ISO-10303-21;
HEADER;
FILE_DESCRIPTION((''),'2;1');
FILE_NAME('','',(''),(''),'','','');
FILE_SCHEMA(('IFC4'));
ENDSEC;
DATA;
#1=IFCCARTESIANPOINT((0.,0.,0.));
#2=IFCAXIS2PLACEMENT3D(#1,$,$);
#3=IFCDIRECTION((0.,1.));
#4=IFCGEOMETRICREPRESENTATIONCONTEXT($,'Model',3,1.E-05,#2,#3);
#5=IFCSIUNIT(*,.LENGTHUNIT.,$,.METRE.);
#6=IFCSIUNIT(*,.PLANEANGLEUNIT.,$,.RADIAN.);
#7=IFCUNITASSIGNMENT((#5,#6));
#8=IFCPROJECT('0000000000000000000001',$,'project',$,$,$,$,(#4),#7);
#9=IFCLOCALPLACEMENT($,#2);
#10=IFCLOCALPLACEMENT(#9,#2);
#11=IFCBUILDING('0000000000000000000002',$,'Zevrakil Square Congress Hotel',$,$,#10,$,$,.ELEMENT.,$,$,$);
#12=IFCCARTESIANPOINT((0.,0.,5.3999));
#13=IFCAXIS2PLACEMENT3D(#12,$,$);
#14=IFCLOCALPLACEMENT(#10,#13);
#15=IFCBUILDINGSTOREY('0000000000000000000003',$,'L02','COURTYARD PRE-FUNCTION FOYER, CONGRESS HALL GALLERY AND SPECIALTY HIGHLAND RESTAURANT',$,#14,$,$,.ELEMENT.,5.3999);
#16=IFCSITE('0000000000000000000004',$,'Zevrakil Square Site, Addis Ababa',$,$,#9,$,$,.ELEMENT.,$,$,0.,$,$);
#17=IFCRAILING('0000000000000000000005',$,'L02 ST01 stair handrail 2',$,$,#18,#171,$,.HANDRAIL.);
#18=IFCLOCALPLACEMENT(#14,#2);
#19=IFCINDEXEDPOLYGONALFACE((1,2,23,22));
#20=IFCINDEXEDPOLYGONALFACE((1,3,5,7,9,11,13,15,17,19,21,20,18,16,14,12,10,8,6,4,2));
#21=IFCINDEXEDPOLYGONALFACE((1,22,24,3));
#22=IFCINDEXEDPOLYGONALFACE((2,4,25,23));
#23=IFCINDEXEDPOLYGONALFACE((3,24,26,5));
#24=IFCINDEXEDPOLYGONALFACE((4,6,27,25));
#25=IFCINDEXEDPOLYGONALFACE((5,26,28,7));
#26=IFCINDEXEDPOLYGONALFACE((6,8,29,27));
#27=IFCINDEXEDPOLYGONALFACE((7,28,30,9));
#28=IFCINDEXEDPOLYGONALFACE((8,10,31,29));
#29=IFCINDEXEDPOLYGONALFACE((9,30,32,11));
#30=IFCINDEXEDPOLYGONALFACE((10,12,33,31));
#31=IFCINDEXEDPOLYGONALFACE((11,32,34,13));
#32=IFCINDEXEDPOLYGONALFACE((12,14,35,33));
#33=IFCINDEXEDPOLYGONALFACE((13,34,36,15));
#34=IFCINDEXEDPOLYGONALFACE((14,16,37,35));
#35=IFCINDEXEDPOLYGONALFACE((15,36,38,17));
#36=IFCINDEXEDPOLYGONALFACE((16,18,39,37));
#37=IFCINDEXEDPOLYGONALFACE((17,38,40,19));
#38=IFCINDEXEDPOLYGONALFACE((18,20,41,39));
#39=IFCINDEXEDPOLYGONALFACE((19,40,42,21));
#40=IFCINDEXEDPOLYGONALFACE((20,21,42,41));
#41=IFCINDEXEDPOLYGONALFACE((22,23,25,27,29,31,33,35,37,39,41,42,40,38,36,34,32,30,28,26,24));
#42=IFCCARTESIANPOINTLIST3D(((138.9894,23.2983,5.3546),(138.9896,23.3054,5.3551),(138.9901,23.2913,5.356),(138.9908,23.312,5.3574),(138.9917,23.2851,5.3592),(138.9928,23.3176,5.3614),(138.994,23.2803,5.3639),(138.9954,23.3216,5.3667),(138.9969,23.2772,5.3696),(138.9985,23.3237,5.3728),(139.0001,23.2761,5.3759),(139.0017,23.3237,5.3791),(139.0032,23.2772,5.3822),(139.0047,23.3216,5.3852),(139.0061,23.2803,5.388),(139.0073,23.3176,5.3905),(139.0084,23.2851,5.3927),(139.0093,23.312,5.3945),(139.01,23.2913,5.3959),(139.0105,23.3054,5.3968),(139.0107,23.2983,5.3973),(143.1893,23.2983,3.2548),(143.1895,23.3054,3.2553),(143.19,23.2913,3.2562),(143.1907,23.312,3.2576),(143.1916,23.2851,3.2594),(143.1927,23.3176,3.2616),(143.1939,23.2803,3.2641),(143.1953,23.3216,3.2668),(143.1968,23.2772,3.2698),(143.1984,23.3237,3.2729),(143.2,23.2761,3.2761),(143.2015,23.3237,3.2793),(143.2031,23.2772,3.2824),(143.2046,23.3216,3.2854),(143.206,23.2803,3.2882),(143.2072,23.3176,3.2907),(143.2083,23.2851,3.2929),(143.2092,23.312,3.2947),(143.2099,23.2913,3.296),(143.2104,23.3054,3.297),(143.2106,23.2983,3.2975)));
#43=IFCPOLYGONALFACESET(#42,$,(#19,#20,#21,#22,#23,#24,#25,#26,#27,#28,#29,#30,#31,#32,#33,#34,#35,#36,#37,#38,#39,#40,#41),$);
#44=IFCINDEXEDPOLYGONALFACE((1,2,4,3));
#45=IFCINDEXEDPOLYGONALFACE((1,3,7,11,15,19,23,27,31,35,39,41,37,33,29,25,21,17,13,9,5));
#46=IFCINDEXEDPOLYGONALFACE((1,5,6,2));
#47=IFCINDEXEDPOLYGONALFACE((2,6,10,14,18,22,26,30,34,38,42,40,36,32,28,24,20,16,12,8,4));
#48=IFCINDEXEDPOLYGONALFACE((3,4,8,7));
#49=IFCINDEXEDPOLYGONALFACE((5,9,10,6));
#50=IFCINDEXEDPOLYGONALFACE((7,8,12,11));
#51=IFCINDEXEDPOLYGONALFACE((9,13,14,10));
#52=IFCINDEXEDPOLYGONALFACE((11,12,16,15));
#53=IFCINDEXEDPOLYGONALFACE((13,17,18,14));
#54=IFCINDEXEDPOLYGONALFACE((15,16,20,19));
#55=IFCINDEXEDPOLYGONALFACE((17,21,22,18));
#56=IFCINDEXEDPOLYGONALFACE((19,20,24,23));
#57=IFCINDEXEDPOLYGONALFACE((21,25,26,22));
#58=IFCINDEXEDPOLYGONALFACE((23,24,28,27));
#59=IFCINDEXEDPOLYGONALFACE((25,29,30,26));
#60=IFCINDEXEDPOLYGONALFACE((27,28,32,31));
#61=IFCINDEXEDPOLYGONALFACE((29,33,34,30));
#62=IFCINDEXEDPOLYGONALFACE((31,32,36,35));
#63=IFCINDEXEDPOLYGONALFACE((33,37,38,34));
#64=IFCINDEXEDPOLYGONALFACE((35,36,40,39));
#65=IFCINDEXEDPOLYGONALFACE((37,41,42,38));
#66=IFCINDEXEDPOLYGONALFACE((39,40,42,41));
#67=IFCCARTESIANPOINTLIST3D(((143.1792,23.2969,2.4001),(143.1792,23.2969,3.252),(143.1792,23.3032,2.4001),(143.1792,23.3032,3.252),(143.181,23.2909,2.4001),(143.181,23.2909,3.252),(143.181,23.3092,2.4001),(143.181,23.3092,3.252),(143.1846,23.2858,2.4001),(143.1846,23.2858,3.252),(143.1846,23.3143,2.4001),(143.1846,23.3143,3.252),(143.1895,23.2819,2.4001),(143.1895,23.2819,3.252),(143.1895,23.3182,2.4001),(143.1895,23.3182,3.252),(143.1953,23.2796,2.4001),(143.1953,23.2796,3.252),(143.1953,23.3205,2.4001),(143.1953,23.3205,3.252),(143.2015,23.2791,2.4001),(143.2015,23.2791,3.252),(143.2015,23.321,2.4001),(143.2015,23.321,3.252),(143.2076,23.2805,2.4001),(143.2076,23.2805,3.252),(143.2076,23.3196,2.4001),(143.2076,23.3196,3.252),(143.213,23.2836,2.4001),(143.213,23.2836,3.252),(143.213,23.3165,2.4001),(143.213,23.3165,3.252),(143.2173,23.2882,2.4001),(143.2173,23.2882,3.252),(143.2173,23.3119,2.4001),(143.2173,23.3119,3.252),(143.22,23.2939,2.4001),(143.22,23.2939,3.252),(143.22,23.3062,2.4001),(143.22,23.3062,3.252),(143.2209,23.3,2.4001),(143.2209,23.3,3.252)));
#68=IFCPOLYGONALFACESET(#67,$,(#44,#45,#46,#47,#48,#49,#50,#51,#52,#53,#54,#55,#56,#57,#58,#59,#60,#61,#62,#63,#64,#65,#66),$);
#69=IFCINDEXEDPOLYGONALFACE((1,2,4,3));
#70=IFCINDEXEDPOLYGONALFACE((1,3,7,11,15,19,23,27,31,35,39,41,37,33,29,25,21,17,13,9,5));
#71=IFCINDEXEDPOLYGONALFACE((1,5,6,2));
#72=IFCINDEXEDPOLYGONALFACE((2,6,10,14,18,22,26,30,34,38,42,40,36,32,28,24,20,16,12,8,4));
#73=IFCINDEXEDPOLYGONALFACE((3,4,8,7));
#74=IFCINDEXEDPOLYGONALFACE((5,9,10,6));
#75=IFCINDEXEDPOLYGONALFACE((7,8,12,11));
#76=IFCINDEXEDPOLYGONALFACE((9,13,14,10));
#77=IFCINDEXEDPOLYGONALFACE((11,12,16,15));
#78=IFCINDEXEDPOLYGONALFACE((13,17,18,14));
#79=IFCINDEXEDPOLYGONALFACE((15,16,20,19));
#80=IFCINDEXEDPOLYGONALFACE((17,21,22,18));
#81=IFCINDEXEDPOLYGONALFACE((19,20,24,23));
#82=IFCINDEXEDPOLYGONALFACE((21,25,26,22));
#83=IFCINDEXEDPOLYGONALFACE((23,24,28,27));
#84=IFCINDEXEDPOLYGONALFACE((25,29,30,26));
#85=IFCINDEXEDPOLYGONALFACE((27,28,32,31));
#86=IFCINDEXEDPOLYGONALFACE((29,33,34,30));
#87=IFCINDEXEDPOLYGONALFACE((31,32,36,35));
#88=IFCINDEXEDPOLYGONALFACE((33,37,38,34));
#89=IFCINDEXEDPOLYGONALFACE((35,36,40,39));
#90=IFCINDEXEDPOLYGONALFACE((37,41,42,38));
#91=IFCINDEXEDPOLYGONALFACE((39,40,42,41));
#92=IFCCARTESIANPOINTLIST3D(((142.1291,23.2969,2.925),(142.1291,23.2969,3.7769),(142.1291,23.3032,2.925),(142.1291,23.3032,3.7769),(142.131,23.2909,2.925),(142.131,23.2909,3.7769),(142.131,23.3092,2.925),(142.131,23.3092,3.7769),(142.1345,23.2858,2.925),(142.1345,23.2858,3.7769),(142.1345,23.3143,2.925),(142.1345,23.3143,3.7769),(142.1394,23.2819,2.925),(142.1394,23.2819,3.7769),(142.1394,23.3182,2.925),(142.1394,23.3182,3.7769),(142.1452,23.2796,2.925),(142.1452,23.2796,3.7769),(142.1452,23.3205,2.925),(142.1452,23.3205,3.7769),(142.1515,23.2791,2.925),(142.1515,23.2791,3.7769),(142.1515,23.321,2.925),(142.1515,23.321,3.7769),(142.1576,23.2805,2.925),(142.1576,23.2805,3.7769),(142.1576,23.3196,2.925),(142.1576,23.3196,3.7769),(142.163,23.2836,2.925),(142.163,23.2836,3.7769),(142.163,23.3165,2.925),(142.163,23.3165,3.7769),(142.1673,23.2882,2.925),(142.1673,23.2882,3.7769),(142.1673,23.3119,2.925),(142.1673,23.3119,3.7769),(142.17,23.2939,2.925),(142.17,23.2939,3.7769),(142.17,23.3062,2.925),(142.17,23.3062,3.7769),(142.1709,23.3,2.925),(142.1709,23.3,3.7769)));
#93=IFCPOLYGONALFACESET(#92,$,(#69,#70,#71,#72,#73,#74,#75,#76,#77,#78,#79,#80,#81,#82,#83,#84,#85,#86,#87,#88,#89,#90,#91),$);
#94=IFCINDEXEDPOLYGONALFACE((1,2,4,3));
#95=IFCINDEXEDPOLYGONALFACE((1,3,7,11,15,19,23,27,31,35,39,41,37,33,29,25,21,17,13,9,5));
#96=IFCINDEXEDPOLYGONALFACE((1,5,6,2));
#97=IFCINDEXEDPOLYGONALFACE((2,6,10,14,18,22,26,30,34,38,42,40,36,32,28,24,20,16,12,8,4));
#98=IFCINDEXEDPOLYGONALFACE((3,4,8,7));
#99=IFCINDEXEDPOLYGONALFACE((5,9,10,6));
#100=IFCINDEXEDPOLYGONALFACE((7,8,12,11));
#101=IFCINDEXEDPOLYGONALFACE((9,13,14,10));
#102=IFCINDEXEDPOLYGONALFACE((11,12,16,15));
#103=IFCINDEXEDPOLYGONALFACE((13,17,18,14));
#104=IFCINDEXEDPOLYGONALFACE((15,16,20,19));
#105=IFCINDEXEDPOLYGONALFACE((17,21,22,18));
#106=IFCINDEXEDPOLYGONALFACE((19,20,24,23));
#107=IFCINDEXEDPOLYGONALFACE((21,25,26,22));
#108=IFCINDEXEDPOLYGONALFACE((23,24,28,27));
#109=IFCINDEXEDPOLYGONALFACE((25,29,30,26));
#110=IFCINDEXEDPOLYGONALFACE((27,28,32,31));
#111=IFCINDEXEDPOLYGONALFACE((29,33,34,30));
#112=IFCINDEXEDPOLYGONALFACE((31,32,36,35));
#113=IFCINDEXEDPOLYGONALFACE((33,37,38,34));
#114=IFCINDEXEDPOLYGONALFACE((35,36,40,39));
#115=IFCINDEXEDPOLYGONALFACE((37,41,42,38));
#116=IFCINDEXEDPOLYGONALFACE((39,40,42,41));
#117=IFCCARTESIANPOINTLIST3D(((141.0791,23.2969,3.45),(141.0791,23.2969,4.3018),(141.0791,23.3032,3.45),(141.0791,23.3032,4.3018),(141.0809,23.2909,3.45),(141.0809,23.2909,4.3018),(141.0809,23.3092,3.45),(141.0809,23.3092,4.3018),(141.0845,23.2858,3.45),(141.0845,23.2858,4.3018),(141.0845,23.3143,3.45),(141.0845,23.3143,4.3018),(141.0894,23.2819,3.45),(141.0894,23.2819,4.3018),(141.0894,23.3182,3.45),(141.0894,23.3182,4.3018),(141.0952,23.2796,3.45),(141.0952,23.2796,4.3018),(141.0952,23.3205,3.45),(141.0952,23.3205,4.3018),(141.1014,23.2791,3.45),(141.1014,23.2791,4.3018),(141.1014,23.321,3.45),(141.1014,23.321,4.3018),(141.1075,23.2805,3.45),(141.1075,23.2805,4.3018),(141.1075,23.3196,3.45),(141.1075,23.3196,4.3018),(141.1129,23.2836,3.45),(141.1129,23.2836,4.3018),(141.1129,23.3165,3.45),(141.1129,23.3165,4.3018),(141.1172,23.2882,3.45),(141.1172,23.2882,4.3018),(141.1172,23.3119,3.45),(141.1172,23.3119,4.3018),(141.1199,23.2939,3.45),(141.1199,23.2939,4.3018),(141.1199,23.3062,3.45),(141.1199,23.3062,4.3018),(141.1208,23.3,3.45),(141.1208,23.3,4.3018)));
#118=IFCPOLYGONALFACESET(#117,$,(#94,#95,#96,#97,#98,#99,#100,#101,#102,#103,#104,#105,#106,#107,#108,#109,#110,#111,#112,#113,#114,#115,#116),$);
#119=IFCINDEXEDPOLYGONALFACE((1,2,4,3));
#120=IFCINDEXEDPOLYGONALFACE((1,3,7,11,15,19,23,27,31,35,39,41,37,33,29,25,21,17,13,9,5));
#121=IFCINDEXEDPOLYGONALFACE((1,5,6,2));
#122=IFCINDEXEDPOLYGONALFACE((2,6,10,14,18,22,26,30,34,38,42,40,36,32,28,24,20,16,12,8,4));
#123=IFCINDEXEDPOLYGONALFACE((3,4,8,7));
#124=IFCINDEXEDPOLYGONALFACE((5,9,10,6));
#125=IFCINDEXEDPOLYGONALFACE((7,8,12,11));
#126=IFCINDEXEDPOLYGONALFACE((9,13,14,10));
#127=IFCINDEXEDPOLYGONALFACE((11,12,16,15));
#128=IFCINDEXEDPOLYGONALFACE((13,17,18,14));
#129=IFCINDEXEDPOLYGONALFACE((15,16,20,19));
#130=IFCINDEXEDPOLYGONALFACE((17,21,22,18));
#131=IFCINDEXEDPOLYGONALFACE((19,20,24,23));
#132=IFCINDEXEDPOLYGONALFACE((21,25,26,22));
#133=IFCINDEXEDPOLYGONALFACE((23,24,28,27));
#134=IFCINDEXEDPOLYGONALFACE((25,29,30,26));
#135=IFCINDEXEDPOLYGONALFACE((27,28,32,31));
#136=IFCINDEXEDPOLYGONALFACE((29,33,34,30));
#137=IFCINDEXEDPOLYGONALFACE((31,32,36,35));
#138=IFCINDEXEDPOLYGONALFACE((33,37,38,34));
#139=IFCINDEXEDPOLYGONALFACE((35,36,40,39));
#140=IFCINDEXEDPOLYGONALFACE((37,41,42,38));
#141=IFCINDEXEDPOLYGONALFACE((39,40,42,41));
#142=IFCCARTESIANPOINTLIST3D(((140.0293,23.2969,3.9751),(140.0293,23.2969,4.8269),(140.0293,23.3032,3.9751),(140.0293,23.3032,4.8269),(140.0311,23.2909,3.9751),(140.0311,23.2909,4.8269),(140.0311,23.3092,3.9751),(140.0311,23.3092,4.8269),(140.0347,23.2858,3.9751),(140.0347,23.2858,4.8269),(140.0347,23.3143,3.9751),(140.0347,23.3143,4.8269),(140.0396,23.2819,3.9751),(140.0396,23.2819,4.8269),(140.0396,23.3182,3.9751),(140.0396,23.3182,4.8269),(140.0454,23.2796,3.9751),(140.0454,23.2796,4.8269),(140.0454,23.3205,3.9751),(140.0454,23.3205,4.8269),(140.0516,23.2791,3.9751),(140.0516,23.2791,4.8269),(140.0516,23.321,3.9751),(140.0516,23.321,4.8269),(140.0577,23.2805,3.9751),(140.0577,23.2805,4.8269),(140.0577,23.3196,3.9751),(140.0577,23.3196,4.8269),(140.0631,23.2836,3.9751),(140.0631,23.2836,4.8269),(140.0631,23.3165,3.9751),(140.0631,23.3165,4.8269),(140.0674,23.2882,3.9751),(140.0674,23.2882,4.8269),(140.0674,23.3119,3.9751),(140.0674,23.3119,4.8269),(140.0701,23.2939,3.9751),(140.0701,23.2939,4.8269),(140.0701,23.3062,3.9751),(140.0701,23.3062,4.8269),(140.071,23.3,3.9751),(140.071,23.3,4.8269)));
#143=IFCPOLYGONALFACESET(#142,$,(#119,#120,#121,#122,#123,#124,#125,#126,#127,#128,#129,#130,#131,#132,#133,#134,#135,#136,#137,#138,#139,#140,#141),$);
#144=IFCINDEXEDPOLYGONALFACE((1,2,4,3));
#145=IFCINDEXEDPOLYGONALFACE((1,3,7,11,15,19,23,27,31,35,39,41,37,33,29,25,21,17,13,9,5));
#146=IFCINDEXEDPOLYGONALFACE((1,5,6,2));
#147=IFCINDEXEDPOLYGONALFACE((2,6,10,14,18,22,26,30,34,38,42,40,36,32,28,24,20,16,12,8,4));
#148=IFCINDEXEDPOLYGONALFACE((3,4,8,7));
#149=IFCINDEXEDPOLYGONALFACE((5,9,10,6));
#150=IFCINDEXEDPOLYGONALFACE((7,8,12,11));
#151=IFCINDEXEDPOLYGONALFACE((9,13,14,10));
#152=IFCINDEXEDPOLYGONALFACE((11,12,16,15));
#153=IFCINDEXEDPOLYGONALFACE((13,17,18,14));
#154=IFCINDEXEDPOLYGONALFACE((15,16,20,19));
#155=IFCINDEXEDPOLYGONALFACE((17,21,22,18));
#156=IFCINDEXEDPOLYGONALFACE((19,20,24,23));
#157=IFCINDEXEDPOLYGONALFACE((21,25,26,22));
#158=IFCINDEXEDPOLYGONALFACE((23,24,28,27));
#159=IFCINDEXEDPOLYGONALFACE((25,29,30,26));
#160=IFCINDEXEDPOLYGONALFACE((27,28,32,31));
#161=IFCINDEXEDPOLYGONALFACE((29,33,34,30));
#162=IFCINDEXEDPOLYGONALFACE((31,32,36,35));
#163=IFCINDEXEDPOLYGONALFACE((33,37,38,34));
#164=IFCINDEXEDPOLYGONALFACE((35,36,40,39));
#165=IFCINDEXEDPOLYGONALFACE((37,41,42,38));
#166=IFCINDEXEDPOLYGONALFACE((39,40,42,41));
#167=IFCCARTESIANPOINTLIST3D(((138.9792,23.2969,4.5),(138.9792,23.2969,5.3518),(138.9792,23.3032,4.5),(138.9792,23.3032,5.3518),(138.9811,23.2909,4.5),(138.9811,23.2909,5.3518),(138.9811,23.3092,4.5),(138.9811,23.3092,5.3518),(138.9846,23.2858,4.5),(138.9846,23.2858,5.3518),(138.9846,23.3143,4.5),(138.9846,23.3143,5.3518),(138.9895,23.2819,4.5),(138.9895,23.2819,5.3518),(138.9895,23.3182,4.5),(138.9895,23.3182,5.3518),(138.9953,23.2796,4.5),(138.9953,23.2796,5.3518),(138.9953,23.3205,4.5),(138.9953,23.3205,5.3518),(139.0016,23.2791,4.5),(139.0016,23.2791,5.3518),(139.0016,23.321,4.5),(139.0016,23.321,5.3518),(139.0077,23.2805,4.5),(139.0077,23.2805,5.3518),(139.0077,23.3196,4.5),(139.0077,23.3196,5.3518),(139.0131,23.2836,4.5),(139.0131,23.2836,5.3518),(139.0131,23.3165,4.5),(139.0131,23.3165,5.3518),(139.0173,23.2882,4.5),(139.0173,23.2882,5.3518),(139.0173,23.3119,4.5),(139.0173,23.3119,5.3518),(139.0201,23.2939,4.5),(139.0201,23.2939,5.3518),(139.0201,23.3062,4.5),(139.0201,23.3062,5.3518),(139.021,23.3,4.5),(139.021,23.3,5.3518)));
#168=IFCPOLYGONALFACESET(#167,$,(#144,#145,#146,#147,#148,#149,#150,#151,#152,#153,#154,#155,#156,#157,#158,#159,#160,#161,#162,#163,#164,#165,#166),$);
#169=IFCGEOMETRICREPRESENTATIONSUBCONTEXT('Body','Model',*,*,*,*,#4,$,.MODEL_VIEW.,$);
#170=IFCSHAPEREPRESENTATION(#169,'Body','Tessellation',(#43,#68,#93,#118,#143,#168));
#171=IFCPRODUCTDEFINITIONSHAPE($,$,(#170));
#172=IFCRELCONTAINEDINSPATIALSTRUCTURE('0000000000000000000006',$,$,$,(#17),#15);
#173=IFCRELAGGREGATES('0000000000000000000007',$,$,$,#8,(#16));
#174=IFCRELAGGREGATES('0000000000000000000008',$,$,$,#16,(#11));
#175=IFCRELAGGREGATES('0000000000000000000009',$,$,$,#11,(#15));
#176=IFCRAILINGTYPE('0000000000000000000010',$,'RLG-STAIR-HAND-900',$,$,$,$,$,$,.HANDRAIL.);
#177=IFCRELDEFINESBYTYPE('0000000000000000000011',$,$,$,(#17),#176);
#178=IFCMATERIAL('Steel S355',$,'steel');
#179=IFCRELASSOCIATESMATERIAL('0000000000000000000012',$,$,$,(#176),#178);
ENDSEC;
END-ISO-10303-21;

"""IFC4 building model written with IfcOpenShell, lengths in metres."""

from ifc_helpers import new_model, si_unit, direction, frame, origin, origin_2d, place, context, subcontext, project, spatial, circle, extrude, material, type_object, element, save


model = new_model("IFC4")

# Units and contexts
model_context = context("Model", 3, precision=1e-05, world=origin(), true_north=direction((0.0, 1.0)))
body_context = subcontext(model_context, "Body", "Model", "MODEL_VIEW")
ifc_project = project(units=[si_unit("LENGTHUNIT", "METRE"), si_unit("PLANEANGLEUNIT", "RADIAN")], contexts=[model_context])

# Site, building, storey
site_placement = place(None, origin())
site = spatial("IfcSite", under=ifc_project, at=site_placement, Name="Zevrakil Square Site, Addis Ababa", CompositionType="ELEMENT", RefElevation=0.0)
building_placement = place(site_placement, origin())
building = spatial("IfcBuilding", under=site, at=building_placement, Name="Zevrakil Square Congress Hotel", CompositionType="ELEMENT")
storey_placement = place(building_placement, frame((0.0, 0.0, 5.3999)))
storey = spatial("IfcBuildingStorey", under=building, at=storey_placement, Name="L02", Description="COURTYARD PRE-FUNCTION FOYER, CONGRESS HALL GALLERY AND SPECIALTY HIGHLAND RESTAURANT", CompositionType="ELEMENT", Elevation=5.3999)

# Railing
ifc_material_1 = material(Name="Steel S355", Category="steel")
railing_type_1 = type_object("IfcRailingType", Name="RLG-STAIR-HAND-900", PredefinedType="HANDRAIL", material=ifc_material_1)
railing_1_placement = place(storey_placement, frame((143.2, 23.3, 2.4001)))
element("IfcRailing", 1, at=railing_1_placement, inside=storey, type_object=railing_type_1, Name="L02 ST01 stair handrail 2", PredefinedType="HANDRAIL", context=body_context, shape_type="SweptSolid", body=[
    extrude(circle(Radius=0.0239, at=origin_2d()), frame((0.0, 0.0, 0.876), z_axis=(-0.894438, 0.0, 0.447193), x_axis=(0.0, -1.0, 0.0)), (0.0, 0.0, 1.0), 4.6956),
    extrude(circle(Radius=0.021, at=origin_2d()), origin(), (0.0, 0.0, 1.0), 0.8518),
    extrude(circle(Radius=0.021, at=origin_2d()), frame((-1.05, 0.0, 0.5249)), (0.0, 0.0, 1.0), 0.8518),
    extrude(circle(Radius=0.021, at=origin_2d()), frame((-2.1001, 0.0, 1.0498)), (0.0, 0.0, 1.0), 0.8518),
    extrude(circle(Radius=0.021, at=origin_2d()), frame((-3.1499, 0.0, 1.575)), (0.0, 0.0, 1.0), 0.8518),
    extrude(circle(Radius=0.021, at=origin_2d()), frame((-4.2, 0.0, 2.0999)), (0.0, 0.0, 1.0), 0.8518),
])

save(model, "model.ifc")
